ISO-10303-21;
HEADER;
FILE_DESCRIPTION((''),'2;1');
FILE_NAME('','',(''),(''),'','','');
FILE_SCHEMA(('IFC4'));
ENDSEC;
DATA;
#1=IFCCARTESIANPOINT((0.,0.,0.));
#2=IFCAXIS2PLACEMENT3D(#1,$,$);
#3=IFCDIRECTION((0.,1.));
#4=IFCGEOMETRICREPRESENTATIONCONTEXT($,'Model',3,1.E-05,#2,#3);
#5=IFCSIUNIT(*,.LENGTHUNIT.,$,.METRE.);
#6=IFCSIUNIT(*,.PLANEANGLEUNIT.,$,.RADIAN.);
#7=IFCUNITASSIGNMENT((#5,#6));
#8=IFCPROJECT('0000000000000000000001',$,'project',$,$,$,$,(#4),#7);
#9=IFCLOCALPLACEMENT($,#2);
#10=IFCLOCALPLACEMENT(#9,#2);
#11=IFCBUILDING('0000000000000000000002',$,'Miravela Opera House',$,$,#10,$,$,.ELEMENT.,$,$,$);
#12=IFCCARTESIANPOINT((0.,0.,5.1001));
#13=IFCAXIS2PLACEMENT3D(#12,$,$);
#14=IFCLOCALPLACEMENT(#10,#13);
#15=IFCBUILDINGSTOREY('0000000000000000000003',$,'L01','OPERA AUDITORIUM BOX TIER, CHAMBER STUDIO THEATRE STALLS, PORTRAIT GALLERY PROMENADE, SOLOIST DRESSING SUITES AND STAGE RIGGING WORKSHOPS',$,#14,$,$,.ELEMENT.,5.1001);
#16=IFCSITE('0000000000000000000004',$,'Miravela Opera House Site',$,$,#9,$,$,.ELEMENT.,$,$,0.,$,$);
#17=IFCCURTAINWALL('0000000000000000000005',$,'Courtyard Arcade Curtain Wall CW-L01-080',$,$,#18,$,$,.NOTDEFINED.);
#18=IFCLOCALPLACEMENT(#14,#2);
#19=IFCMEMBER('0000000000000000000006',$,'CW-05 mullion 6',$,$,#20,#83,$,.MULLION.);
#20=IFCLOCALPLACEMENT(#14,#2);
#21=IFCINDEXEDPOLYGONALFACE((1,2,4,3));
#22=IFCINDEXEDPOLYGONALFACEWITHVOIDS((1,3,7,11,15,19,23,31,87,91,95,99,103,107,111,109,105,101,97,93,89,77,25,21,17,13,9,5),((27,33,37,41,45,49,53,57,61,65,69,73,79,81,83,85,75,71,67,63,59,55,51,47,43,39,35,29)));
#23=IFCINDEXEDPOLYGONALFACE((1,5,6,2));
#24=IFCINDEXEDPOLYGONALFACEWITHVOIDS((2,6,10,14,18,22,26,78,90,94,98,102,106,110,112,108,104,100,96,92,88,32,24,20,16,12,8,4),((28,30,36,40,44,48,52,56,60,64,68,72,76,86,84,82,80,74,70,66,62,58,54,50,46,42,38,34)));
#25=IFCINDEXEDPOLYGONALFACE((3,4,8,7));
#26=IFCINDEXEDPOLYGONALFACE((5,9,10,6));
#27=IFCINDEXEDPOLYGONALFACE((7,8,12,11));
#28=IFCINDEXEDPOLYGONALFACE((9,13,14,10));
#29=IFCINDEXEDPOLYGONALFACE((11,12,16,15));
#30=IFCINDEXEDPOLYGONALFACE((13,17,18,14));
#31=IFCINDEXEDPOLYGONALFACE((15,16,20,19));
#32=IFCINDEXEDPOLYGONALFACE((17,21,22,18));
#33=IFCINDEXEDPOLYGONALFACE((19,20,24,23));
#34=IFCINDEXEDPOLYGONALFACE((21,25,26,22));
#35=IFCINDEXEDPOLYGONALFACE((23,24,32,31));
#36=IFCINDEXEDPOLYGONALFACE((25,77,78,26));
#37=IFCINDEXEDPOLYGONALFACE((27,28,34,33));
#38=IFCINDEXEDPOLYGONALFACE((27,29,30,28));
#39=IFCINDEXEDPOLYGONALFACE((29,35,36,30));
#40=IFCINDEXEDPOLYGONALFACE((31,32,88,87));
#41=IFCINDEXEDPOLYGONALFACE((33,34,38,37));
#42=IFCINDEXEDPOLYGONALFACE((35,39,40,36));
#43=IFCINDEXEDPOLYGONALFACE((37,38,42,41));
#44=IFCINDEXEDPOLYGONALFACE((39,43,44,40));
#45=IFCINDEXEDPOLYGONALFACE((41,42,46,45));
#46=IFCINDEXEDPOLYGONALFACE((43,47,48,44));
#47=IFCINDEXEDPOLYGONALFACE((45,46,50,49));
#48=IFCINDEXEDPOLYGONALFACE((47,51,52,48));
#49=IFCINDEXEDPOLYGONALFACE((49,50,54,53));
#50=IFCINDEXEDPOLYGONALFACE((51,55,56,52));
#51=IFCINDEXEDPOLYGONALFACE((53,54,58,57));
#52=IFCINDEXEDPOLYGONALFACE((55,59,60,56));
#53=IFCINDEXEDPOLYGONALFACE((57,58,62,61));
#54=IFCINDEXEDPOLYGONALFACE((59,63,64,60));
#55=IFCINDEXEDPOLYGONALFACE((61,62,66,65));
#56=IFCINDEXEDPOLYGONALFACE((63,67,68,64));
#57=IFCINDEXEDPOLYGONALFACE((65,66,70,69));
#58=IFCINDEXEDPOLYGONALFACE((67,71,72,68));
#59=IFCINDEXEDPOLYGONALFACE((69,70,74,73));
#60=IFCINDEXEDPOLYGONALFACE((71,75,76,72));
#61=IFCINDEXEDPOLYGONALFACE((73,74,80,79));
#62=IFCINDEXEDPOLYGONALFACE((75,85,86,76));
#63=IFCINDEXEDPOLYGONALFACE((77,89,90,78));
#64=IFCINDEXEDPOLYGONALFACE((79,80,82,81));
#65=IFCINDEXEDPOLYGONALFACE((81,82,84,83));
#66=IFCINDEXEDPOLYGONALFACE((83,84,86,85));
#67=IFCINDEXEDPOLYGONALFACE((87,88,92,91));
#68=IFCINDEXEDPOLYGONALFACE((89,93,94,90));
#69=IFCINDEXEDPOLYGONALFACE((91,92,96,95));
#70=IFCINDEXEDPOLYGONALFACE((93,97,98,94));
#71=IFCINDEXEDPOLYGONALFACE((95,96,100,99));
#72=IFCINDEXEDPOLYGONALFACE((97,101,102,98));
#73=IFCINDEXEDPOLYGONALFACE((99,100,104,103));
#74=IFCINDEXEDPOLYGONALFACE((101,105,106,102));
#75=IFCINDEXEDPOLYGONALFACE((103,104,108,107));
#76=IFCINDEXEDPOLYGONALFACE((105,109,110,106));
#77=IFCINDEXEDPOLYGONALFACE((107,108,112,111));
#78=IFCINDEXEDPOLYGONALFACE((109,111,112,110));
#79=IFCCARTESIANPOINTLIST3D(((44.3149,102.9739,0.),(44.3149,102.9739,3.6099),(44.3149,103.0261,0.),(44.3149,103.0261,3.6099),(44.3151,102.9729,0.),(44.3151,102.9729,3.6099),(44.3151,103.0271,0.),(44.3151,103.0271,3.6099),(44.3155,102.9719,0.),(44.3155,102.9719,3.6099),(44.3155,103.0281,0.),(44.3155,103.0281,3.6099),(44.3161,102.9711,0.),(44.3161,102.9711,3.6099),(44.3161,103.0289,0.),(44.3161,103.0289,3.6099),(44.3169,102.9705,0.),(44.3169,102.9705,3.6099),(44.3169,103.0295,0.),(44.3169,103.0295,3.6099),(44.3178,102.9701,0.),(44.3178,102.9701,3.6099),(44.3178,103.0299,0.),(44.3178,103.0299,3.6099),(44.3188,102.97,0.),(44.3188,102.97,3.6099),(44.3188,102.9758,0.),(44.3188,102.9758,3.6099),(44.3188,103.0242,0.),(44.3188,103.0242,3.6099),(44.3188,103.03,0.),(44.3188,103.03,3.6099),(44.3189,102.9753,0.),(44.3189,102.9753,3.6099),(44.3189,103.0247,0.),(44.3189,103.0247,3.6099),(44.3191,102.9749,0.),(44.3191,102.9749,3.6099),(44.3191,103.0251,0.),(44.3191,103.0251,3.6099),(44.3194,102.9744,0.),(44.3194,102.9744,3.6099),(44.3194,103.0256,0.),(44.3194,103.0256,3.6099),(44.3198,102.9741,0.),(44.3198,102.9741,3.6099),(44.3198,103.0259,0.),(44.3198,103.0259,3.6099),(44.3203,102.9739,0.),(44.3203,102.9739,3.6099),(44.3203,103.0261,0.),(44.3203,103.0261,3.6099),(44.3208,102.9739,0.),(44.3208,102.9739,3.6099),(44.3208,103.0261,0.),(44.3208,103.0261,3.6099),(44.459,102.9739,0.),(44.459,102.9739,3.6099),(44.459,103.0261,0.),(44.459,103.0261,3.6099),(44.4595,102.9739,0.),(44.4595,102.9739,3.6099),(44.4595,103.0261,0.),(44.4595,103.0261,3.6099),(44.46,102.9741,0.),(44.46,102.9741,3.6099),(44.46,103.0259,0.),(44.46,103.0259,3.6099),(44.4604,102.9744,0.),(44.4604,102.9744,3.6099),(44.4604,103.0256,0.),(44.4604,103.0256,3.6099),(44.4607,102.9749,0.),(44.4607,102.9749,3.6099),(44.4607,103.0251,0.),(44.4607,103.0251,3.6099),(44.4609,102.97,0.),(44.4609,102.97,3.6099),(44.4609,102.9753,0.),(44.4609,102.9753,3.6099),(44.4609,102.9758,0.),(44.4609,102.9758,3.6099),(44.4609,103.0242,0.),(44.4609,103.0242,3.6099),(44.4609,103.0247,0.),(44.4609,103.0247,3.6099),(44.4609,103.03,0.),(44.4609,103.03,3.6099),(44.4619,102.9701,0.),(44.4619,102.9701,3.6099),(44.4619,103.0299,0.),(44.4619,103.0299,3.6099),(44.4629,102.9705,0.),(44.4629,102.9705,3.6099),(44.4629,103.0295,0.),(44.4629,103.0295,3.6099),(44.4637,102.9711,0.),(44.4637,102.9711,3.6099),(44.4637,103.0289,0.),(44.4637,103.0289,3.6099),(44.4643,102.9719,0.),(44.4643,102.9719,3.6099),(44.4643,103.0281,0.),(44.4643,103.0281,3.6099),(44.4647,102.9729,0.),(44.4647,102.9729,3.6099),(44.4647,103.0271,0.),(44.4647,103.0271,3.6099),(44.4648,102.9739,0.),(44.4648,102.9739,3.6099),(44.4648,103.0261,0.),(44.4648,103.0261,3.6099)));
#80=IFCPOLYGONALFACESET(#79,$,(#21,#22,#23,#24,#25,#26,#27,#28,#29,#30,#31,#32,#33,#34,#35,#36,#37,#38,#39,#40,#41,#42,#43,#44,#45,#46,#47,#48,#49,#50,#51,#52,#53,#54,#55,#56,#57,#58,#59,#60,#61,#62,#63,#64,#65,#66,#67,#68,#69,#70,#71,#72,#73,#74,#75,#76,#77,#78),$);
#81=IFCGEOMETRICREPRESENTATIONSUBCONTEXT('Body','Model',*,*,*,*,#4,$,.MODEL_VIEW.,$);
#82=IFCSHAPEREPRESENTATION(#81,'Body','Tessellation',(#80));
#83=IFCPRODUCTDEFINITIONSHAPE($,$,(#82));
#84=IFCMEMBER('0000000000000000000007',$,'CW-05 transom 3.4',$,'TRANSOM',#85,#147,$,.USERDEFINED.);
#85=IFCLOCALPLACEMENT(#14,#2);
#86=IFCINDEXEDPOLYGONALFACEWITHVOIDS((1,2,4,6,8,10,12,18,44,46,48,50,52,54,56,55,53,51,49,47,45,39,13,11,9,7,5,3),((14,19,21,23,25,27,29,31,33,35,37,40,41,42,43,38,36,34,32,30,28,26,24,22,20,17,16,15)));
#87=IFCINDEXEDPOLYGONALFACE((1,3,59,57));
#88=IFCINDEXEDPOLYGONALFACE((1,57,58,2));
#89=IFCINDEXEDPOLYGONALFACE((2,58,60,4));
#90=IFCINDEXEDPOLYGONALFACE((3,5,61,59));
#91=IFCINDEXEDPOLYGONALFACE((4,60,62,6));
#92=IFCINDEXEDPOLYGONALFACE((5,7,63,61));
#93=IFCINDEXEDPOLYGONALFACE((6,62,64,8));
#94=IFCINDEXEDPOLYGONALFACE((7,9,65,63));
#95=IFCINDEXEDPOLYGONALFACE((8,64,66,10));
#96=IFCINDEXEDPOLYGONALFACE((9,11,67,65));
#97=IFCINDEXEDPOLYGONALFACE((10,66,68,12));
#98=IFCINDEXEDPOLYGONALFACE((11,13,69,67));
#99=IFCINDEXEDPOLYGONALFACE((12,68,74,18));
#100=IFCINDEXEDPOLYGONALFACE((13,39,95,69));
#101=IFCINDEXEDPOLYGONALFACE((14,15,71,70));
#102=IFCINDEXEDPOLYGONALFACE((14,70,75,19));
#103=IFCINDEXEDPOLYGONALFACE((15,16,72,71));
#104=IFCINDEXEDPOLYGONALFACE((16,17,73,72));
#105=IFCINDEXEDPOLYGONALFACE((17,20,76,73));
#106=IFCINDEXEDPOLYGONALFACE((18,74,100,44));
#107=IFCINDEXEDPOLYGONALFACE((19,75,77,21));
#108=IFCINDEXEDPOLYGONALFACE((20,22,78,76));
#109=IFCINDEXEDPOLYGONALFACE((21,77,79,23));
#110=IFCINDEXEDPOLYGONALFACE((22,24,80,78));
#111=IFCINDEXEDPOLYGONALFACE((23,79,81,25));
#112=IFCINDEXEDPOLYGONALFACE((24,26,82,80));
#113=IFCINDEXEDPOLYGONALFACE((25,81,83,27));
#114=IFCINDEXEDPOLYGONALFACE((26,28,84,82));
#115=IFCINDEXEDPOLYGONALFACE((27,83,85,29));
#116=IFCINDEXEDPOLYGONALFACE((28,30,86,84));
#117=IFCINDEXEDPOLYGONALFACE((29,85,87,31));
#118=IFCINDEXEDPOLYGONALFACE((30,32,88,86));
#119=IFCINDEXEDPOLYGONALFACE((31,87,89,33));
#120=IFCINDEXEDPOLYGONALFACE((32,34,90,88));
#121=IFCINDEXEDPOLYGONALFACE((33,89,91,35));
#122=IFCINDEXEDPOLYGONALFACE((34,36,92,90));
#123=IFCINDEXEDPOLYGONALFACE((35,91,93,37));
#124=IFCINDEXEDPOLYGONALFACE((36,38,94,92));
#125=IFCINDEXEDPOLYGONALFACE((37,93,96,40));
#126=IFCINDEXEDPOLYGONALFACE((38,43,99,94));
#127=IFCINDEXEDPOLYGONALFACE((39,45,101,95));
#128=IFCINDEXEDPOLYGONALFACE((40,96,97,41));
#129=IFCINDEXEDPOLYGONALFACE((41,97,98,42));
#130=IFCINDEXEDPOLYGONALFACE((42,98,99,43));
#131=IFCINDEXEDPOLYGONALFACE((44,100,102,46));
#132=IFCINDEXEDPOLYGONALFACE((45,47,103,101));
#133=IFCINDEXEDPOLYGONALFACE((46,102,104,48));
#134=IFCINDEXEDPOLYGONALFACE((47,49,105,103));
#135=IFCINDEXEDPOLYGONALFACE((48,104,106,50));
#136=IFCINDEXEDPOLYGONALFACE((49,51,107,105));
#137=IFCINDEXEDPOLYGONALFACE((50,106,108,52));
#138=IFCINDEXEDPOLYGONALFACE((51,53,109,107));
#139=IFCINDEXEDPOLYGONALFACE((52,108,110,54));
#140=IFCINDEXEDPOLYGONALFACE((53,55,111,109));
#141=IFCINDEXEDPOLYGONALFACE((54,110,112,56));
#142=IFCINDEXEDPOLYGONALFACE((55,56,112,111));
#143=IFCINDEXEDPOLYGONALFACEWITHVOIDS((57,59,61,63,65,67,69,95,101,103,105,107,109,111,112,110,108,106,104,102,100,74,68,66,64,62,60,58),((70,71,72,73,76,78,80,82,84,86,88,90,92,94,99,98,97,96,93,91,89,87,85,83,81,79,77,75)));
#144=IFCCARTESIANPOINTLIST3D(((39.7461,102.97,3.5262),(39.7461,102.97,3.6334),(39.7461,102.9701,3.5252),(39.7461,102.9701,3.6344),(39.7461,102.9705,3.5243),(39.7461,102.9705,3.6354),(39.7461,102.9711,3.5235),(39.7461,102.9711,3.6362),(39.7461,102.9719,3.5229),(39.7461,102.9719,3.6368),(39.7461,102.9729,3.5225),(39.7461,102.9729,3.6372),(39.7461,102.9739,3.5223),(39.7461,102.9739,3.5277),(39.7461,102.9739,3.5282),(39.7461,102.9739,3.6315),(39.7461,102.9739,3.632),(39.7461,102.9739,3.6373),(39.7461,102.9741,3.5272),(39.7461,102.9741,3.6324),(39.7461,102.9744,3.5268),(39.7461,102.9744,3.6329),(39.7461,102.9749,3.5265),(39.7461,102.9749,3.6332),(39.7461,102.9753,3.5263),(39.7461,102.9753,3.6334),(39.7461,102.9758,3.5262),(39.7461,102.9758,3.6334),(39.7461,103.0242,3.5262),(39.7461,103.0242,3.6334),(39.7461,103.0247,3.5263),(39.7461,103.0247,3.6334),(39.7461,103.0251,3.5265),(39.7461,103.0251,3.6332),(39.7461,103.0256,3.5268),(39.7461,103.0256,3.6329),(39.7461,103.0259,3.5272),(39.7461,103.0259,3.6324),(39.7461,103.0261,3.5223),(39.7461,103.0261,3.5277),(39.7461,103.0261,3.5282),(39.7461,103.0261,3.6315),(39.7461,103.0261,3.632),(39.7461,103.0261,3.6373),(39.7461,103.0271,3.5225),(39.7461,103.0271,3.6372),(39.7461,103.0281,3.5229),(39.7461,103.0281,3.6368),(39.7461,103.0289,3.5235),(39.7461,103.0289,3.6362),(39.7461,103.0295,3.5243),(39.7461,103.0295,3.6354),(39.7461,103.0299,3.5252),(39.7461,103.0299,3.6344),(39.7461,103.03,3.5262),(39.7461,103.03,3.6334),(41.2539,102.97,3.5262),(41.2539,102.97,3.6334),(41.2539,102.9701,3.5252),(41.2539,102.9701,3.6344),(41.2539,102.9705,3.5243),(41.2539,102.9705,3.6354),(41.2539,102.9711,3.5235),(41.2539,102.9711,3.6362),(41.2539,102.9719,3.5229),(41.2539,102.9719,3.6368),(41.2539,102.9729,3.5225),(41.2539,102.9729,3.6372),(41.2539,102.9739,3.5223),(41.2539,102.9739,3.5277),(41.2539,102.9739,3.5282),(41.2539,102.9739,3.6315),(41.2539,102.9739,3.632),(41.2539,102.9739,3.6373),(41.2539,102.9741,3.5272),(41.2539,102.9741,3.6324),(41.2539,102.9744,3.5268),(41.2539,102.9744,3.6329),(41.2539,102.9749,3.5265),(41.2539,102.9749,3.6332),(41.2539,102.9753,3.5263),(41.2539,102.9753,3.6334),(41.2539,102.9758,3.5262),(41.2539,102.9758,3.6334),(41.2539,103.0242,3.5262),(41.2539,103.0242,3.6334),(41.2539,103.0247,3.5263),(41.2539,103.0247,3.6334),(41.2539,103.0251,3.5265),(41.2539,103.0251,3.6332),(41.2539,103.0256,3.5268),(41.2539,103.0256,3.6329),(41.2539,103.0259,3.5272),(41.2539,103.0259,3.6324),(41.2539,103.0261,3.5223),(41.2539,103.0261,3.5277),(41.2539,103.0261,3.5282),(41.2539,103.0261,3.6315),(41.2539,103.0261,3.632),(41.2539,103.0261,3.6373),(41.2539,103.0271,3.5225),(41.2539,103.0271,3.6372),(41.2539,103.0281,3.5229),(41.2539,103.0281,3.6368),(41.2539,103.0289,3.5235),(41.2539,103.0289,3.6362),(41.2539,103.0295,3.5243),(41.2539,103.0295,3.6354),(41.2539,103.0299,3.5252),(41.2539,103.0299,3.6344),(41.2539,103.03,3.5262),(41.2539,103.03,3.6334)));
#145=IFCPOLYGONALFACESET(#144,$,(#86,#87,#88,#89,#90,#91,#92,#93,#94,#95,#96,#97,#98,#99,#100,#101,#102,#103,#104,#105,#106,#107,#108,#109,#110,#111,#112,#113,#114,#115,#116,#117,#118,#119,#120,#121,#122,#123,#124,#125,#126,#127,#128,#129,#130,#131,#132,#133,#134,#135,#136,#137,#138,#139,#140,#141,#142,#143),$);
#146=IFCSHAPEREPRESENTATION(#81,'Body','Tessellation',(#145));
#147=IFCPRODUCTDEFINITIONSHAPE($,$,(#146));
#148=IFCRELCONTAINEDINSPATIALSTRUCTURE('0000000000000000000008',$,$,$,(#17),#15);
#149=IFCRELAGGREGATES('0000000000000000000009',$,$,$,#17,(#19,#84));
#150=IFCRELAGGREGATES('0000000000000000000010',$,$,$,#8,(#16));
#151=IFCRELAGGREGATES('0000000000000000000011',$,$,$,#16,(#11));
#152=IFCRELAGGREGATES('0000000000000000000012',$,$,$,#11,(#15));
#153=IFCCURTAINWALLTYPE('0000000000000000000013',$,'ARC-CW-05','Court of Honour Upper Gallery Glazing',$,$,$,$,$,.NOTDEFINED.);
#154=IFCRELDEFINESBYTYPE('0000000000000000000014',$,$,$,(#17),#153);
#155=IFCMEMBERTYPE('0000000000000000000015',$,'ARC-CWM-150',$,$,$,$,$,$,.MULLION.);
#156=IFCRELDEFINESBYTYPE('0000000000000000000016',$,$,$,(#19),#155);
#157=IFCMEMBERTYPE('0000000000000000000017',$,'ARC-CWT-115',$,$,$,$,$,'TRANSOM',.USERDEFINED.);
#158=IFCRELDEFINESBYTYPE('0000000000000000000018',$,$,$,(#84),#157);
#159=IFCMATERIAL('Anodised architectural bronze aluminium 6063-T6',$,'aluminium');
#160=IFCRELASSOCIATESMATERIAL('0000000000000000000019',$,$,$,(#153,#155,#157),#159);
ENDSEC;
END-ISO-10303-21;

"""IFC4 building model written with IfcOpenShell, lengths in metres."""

from ifc_helpers import new_model, si_unit, direction, frame, origin, origin_2d, place, context, subcontext, project, spatial, hollow_rectangle, extrude, material, material_profile, profile_set, type_object, element, aggregate, save


model = new_model("IFC4")

# Units and contexts
model_context = context("Model", 3, precision=1e-05, world=origin(), true_north=direction((0.0, 1.0)))
body_context = subcontext(model_context, "Body", "Model", "MODEL_VIEW")
ifc_project = project(units=[si_unit("LENGTHUNIT", "METRE"), si_unit("PLANEANGLEUNIT", "RADIAN")], contexts=[model_context])

# Site, building, storey
site_placement = place(None, origin())
site = spatial("IfcSite", under=ifc_project, at=site_placement, Name="Miravela Opera House Site", CompositionType="ELEMENT", RefElevation=0.0)
building_placement = place(site_placement, origin())
building = spatial("IfcBuilding", under=site, at=building_placement, Name="Miravela Opera House", CompositionType="ELEMENT")
storey_placement = place(building_placement, frame((0.0, 0.0, 5.1001)))
storey = spatial("IfcBuildingStorey", under=building, at=storey_placement, Name="L01", Description="OPERA AUDITORIUM BOX TIER, CHAMBER STUDIO THEATRE STALLS, PORTRAIT GALLERY PROMENADE, SOLOIST DRESSING SUITES AND STAGE RIGGING WORKSHOPS", CompositionType="ELEMENT", Elevation=5.1001)

# Curtain wall, members
ifc_material_1 = material(Name="Anodised architectural bronze aluminium 6063-T6", Category="aluminium")
curtain_wall_type = type_object("IfcCurtainWallType", Name="ARC-CW-05", Description="Court of Honour Upper Gallery Glazing", PredefinedType="NOTDEFINED", material=ifc_material_1)
curtain_wall_placement = place(storey_placement, origin())
curtain_wall = element("IfcCurtainWall", 1, at=curtain_wall_placement, inside=storey, type_object=curtain_wall_type, Name="Courtyard Arcade Curtain Wall CW-L01-080", PredefinedType="NOTDEFINED")
ifc_material_profile_1 = material_profile(ifc_material_1, hollow_rectangle(XDim=0.0601, YDim=0.1499, WallThickness=0.0039, InnerFilletRadius=0.002, OuterFilletRadius=0.0039, at=origin_2d()), Name="CWM-60X150")
ifc_profile_set_1 = profile_set([ifc_material_profile_1])
member_type_1 = type_object("IfcMemberType", Name="ARC-CWM-150", PredefinedType="MULLION", material=ifc_profile_set_1)
member_1_placement = place(storey_placement, frame((44.3899, 103.0, 0.0), z_axis=(0.0, 0.0, 1.0), x_axis=(0.0, 1.0, 0.0)))
member_1 = element("IfcMember", 2, at=member_1_placement, type_object=member_type_1, Name="CW-05 mullion 6", PredefinedType="MULLION", context=body_context, shape_type="SweptSolid", body=[
    extrude(hollow_rectangle(XDim=0.0601, YDim=0.1499, WallThickness=0.0039, InnerFilletRadius=0.002, OuterFilletRadius=0.0039, at=origin_2d()), origin(), (0.0, 0.0, 1.0), 3.6099),
])
ifc_material_profile_2 = material_profile(ifc_material_1, hollow_rectangle(XDim=0.0601, YDim=0.115, WallThickness=0.0039, InnerFilletRadius=0.002, OuterFilletRadius=0.0039, at=origin_2d()), Name="CWT-60X115")
ifc_profile_set_2 = profile_set([ifc_material_profile_2])
member_type_2 = type_object("IfcMemberType", Name="ARC-CWT-115", ElementType="TRANSOM", PredefinedType="USERDEFINED", material=ifc_profile_set_2)
member_2_placement = place(storey_placement, frame((39.7461, 103.0, 3.5798), z_axis=(1.0, 0.0, 0.0), x_axis=(0.0, 1.0, 0.0)))
member_2 = element("IfcMember", 3, at=member_2_placement, type_object=member_type_2, Name="CW-05 transom 3.4", ObjectType="TRANSOM", PredefinedType="USERDEFINED", context=body_context, shape_type="SweptSolid", body=[
    extrude(hollow_rectangle(XDim=0.0601, YDim=0.115, WallThickness=0.0039, InnerFilletRadius=0.002, OuterFilletRadius=0.0039, at=origin_2d()), origin(), (0.0, 0.0, 1.0), 1.5078),
])

aggregate(curtain_wall, [member_1, member_2])

save(model, "model.ifc")
